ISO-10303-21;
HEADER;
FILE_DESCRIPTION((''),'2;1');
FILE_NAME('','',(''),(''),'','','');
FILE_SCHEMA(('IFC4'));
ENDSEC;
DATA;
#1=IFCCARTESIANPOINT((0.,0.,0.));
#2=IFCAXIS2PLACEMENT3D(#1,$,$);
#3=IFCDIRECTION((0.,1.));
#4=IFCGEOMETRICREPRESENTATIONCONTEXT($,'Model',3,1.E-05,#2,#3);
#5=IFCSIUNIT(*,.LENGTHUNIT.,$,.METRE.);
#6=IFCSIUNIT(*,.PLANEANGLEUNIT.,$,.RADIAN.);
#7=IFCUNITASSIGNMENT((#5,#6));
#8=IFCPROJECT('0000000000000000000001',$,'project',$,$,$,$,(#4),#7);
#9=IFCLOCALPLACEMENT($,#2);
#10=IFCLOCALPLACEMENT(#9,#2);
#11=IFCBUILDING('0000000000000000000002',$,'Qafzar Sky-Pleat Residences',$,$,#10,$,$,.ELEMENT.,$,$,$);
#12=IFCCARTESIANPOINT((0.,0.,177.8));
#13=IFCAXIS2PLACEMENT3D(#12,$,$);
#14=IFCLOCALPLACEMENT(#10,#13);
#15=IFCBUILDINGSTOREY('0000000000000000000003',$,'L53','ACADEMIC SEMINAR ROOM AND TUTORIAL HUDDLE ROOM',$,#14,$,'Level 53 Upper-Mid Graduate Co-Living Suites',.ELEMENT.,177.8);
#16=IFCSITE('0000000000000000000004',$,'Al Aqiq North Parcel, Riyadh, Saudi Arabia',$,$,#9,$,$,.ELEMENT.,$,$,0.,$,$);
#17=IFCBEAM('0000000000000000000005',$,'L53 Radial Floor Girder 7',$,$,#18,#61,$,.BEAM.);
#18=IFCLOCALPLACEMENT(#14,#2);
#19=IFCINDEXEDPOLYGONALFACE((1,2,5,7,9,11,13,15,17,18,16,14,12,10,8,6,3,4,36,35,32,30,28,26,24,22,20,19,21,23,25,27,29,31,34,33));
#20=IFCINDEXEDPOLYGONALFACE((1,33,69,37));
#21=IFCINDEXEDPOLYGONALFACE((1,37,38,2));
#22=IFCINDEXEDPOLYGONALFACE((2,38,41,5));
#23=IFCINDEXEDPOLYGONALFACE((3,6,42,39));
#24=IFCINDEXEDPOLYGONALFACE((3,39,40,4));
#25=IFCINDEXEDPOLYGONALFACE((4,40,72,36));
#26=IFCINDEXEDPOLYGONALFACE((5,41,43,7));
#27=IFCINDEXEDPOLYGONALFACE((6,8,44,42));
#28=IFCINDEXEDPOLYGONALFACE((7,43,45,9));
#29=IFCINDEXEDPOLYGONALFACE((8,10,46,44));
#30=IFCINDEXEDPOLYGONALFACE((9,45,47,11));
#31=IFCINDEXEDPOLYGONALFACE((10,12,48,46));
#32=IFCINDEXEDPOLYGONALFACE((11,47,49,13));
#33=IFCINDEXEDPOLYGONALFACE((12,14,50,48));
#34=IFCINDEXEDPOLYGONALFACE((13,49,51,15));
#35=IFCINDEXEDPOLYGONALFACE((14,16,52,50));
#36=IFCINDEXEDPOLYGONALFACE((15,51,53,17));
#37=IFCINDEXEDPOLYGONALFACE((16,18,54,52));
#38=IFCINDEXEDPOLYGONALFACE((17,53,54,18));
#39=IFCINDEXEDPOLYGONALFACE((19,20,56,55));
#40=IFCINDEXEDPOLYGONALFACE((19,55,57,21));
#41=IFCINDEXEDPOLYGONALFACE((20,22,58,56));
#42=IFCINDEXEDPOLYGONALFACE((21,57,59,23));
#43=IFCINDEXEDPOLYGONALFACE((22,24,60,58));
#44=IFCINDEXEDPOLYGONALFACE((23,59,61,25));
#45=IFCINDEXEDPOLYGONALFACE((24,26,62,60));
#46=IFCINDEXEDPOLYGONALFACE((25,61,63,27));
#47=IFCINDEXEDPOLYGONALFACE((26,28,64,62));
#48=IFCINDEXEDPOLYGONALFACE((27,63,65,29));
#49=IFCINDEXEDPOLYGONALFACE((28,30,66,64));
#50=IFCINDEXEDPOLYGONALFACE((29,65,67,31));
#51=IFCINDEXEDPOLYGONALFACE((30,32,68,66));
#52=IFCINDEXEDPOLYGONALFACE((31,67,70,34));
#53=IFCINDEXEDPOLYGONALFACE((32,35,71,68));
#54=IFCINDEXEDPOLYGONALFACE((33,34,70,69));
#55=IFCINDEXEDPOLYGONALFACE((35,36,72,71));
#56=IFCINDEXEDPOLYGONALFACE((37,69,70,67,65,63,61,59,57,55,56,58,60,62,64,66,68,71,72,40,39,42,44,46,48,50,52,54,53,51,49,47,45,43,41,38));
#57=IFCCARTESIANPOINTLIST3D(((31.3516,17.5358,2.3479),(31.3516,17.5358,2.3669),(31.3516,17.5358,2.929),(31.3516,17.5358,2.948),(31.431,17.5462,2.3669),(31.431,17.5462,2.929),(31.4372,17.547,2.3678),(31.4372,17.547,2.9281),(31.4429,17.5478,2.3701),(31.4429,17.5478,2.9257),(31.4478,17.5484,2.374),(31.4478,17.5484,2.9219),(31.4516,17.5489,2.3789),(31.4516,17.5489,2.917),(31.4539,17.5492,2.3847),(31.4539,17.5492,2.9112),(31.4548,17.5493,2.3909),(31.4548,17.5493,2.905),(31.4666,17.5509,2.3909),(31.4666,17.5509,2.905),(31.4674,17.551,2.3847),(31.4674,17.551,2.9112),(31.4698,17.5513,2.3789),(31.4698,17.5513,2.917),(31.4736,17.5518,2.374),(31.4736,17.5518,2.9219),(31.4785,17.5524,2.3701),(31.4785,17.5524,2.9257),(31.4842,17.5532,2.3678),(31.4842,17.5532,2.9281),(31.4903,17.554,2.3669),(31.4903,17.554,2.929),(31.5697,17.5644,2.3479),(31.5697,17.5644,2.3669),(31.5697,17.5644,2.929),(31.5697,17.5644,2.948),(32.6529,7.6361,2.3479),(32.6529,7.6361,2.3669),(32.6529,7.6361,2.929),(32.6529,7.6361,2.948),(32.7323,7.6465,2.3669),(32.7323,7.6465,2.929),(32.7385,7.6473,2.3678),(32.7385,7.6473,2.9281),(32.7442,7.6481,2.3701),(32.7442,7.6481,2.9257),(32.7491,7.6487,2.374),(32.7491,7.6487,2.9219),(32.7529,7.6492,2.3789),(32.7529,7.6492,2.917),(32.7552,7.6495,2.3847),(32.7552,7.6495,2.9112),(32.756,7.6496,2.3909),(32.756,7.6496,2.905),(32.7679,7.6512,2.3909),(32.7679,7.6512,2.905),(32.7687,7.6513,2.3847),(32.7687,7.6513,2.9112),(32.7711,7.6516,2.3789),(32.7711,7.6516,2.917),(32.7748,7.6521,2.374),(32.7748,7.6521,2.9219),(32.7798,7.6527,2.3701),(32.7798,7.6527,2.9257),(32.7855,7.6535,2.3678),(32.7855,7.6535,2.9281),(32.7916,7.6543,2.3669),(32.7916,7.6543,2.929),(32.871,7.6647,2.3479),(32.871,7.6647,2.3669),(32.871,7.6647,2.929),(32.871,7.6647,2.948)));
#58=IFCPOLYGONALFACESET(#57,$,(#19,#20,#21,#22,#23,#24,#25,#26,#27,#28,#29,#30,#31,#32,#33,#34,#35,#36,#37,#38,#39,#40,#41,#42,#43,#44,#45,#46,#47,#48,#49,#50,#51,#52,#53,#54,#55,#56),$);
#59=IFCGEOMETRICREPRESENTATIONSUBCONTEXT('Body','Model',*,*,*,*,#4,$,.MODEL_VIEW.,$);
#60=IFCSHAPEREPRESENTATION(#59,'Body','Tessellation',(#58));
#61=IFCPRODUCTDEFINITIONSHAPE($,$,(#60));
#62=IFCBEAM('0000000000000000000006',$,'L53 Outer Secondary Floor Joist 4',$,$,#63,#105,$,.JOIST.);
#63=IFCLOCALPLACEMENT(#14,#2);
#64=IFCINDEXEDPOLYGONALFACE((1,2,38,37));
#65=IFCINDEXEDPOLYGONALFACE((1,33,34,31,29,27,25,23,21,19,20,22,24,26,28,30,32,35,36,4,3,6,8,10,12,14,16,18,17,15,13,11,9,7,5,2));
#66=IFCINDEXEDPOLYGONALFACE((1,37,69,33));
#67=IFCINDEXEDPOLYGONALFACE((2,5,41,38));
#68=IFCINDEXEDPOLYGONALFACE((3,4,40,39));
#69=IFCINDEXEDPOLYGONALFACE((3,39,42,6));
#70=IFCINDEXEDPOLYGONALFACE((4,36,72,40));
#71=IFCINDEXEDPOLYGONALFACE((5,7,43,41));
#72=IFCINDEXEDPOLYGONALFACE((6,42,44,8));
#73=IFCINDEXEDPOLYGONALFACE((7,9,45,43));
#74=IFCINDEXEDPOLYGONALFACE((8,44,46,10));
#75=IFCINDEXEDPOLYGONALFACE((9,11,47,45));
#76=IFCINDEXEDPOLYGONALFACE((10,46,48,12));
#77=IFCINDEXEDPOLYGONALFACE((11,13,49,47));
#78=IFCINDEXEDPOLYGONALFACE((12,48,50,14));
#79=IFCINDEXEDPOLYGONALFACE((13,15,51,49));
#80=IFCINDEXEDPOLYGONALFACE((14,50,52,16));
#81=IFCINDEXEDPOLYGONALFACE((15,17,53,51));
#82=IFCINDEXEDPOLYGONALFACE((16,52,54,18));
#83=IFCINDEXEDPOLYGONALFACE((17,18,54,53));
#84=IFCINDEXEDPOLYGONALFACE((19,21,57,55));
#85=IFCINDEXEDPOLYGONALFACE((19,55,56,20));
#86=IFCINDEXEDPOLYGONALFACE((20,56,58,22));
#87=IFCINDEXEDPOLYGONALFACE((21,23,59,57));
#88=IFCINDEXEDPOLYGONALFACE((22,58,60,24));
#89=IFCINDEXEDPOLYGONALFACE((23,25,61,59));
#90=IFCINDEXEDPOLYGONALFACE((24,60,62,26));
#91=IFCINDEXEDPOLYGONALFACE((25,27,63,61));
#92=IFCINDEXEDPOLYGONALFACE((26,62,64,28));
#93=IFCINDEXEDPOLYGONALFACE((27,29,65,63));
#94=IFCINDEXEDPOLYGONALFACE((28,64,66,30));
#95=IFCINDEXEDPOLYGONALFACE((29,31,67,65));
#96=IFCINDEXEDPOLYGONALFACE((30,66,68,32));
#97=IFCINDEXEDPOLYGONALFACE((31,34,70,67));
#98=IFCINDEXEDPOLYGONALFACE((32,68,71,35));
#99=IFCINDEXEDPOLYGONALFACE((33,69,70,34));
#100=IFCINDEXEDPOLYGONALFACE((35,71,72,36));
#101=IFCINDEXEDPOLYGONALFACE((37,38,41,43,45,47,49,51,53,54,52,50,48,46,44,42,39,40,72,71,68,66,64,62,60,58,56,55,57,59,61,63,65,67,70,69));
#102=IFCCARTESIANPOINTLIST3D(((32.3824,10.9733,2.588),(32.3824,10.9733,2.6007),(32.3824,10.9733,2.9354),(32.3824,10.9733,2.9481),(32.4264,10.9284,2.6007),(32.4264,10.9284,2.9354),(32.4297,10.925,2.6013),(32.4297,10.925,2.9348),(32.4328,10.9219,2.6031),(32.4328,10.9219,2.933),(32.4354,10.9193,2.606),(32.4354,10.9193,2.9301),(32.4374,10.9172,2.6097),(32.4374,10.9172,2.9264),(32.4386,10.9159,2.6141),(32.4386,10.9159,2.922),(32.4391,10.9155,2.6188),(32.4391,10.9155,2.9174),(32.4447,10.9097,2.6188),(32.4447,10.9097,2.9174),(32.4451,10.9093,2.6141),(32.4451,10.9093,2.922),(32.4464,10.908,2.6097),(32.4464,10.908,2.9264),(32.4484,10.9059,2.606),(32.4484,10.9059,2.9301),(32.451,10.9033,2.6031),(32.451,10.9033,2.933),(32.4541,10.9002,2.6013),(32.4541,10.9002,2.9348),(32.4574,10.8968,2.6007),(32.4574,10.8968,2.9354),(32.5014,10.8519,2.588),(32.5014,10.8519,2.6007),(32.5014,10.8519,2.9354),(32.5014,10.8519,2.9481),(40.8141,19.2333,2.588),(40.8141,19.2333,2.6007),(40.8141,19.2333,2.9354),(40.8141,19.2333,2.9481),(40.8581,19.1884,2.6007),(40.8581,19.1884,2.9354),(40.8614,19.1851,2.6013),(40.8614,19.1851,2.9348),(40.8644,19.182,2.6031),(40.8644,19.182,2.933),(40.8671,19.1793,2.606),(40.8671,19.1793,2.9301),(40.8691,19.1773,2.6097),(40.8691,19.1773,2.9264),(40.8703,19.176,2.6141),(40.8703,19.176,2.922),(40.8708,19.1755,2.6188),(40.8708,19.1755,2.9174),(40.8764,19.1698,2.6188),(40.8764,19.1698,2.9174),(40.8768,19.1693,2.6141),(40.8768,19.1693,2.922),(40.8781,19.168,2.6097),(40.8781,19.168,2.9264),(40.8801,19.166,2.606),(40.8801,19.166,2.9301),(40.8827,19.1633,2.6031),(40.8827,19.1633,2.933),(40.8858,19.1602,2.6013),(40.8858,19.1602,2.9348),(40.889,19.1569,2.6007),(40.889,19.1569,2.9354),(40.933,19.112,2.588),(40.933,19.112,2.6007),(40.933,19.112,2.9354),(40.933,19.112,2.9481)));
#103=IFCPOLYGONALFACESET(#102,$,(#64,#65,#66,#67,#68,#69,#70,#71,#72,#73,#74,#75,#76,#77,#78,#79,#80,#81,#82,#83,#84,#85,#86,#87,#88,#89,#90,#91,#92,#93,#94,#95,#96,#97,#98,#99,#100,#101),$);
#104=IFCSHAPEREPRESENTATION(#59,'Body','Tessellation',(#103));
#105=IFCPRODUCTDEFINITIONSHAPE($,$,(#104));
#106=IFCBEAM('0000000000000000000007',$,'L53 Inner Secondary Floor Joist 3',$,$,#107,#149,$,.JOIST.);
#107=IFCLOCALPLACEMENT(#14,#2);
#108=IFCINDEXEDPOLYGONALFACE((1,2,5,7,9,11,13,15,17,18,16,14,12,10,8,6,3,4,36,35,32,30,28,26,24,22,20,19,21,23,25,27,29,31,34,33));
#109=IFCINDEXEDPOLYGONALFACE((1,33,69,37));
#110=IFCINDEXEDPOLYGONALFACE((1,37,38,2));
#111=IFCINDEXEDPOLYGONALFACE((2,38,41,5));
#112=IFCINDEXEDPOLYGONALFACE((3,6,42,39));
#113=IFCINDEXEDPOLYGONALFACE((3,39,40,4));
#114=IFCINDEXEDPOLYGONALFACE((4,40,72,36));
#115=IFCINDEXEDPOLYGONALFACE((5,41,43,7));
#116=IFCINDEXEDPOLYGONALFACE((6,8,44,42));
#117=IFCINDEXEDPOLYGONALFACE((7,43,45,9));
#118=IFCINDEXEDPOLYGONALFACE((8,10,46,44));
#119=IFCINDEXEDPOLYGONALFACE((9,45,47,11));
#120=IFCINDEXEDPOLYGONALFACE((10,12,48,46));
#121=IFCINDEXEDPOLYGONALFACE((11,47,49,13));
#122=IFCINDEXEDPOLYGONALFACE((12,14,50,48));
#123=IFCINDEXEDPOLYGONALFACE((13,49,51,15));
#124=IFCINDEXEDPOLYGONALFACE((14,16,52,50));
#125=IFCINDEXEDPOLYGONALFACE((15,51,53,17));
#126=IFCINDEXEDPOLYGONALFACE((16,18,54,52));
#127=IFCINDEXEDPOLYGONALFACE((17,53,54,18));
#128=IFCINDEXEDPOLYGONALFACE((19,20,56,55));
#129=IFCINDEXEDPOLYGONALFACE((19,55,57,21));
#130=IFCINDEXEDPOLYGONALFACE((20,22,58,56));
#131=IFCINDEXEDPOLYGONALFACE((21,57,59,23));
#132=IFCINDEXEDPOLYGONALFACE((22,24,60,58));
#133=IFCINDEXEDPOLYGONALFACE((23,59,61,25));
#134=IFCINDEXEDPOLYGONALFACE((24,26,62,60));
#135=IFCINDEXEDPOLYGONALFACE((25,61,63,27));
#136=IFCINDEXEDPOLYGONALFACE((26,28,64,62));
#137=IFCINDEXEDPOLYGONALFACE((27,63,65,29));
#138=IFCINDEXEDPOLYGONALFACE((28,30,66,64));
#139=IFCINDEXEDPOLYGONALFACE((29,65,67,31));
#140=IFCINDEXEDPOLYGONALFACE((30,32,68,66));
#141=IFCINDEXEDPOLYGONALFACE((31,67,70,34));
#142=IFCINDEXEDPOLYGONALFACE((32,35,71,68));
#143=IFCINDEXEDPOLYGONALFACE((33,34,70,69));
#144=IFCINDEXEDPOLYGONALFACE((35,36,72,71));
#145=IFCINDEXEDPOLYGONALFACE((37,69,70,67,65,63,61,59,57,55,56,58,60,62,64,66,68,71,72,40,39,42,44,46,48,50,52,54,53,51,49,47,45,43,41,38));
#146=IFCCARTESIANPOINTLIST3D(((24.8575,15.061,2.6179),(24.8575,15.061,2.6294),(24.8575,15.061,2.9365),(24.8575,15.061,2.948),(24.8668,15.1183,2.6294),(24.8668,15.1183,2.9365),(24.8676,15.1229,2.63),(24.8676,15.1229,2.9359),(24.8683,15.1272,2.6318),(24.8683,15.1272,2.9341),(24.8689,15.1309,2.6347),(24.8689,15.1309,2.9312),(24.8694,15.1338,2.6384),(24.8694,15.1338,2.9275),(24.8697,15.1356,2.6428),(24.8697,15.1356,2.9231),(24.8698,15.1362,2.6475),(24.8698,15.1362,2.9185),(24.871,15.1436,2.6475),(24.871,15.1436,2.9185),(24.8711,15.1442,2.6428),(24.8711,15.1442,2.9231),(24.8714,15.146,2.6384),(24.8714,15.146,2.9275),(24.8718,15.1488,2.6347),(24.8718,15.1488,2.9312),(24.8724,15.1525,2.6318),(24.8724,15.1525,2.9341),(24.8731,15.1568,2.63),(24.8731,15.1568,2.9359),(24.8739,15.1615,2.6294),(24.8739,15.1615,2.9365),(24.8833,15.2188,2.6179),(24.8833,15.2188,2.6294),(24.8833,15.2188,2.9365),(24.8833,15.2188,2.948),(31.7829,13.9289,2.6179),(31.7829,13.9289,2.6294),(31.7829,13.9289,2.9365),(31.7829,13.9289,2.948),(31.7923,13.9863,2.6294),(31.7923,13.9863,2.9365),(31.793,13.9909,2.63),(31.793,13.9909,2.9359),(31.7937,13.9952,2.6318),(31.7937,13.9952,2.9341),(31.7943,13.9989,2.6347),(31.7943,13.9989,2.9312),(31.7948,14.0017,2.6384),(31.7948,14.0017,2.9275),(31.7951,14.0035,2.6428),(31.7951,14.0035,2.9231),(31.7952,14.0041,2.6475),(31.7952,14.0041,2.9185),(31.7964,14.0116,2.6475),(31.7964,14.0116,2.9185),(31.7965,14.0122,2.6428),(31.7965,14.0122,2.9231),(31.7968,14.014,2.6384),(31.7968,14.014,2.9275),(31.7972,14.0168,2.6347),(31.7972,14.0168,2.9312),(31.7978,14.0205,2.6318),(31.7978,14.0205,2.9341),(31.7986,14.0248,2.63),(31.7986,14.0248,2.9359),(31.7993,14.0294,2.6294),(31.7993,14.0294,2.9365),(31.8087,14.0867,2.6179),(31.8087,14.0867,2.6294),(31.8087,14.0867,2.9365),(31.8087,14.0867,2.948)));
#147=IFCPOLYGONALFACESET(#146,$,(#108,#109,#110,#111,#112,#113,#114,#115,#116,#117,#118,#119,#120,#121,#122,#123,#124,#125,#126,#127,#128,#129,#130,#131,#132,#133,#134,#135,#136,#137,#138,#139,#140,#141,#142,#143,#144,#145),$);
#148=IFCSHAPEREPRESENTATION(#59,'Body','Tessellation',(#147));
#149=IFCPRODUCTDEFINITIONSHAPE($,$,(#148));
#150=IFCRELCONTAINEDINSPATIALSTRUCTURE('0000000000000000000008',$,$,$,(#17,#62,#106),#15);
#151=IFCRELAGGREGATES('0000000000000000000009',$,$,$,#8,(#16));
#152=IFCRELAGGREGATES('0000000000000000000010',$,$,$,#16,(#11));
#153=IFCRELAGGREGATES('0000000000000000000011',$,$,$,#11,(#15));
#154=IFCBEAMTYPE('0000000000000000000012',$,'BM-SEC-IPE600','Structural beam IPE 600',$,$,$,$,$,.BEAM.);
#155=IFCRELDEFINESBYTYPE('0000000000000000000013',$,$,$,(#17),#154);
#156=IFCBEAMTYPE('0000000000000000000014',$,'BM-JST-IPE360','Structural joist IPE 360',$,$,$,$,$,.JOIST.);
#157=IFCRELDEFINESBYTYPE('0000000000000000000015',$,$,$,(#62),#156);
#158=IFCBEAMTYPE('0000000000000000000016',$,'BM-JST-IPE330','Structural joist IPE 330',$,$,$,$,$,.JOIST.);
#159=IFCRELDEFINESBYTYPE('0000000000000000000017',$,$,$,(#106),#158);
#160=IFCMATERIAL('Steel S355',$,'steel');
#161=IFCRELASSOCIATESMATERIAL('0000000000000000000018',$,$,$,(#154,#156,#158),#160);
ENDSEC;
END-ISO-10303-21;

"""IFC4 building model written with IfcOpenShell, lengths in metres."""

from ifc_helpers import new_model, si_unit, direction, frame, origin, origin_2d, place, context, subcontext, project, spatial, i_section, extrude, source, transform, mapped, material, material_profile, profile_set, type_object, element, save


model = new_model("IFC4")

# Units and contexts
model_context = context("Model", 3, precision=1e-05, world=origin(), true_north=direction((0.0, 1.0)))
body_context = subcontext(model_context, "Body", "Model", "MODEL_VIEW")
ifc_project = project(units=[si_unit("LENGTHUNIT", "METRE"), si_unit("PLANEANGLEUNIT", "RADIAN")], contexts=[model_context])

# Site, building, storey
site_placement = place(None, origin())
site = spatial("IfcSite", under=ifc_project, at=site_placement, Name="Al Aqiq North Parcel, Riyadh, Saudi Arabia", CompositionType="ELEMENT", RefElevation=0.0)
building_placement = place(site_placement, origin())
building = spatial("IfcBuilding", under=site, at=building_placement, Name="Qafzar Sky-Pleat Residences", CompositionType="ELEMENT")
storey_placement = place(building_placement, frame((0.0, 0.0, 177.8)))
storey = spatial("IfcBuildingStorey", under=building, at=storey_placement, Name="L53", Description="ACADEMIC SEMINAR ROOM AND TUTORIAL HUDDLE ROOM", LongName="Level 53 Upper-Mid Graduate Co-Living Suites", CompositionType="ELEMENT", Elevation=177.8)

# Shared definitions
ifc_material_1 = material(Name="Steel S355", Category="steel")

# Beams
ifc_material_profile_1 = material_profile(ifc_material_1, i_section(OverallWidth=0.22, OverallDepth=0.6001, WebThickness=0.012, FlangeThickness=0.019, FilletRadius=0.0239, at=origin_2d()), Name="IPE 600")
ifc_profile_set_1 = profile_set([ifc_material_profile_1], Name="Steel S355")
beam_type_1 = type_object("IfcBeamType", Name="BM-SEC-IPE600", Description="Structural beam IPE 600", PredefinedType="BEAM", material=ifc_profile_set_1)
shared_shape_1 = source(origin(), body_context, "Body", "SweptSolid", [
    extrude(i_section(OverallWidth=0.22, OverallDepth=0.6001, WebThickness=0.012, FlangeThickness=0.019, FilletRadius=0.0239, at=origin_2d()), origin(), (0.0, 0.0, 1.0), 9.9849),
])
beam_1_placement = place(storey_placement, frame((32.762, 7.6504, 2.6479), z_axis=(-0.130325, 0.991471, 0.0), x_axis=(-0.991471, -0.130325, 0.0)))
element("IfcBeam", 1, at=beam_1_placement, inside=storey, type_object=beam_type_1, Name="L53 Radial Floor Girder 7", PredefinedType="BEAM", context=body_context, shape_type="MappedRepresentation", body=[
    mapped(shared_shape_1, transform((0.0, 0.0, 0.0), x_axis=(1.0, 0.0, 0.0), y_axis=(0.0, 1.0, 0.0), z_axis=(0.0, 0.0, 1.0), scale=1.0)),
])
ifc_material_profile_2 = material_profile(ifc_material_1, i_section(OverallWidth=0.1699, OverallDepth=0.3601, WebThickness=0.0081, FlangeThickness=0.0127, FilletRadius=0.0181, at=origin_2d()), Name="IPE 360")
ifc_profile_set_2 = profile_set([ifc_material_profile_2], Name="Steel S355")
beam_type_2 = type_object("IfcBeamType", Name="BM-JST-IPE360", Description="Structural joist IPE 360", PredefinedType="JOIST", material=ifc_profile_set_2)
shared_shape_2 = source(origin(), body_context, "Body", "SweptSolid", [
    extrude(i_section(OverallWidth=0.1699, OverallDepth=0.3601, WebThickness=0.0081, FlangeThickness=0.0127, FilletRadius=0.0181, at=origin_2d()), origin(), (0.0, 0.0, 1.0), 11.8035),
])
beam_2_placement = place(storey_placement, frame((32.4419, 10.9126, 2.7681), z_axis=(0.71434, 0.699799, 0.0), x_axis=(-0.699799, 0.71434, 0.0)))
element("IfcBeam", 2, at=beam_2_placement, inside=storey, type_object=beam_type_2, Name="L53 Outer Secondary Floor Joist 4", PredefinedType="JOIST", context=body_context, shape_type="MappedRepresentation", body=[
    mapped(shared_shape_2, transform((0.0, 0.0, 0.0), x_axis=(1.0, 0.0, 0.0), y_axis=(0.0, 1.0, 0.0), z_axis=(0.0, 0.0, 1.0), scale=1.0)),
])
ifc_material_profile_3 = material_profile(ifc_material_1, i_section(OverallWidth=0.1599, OverallDepth=0.3301, WebThickness=0.0076, FlangeThickness=0.0115, FilletRadius=0.0181, at=origin_2d()), Name="IPE 330")
ifc_profile_set_3 = profile_set([ifc_material_profile_3], Name="Steel S355")
beam_type_3 = type_object("IfcBeamType", Name="BM-JST-IPE330", Description="Structural joist IPE 330", PredefinedType="JOIST", material=ifc_profile_set_3)
shared_shape_3 = source(origin(), body_context, "Body", "SweptSolid", [
    extrude(i_section(OverallWidth=0.1599, OverallDepth=0.3301, WebThickness=0.0076, FlangeThickness=0.0115, FilletRadius=0.0181, at=origin_2d()), origin(), (0.0, 0.0, 1.0), 7.0173),
])
beam_3_placement = place(storey_placement, frame((24.8704, 15.1399, 2.783), z_axis=(0.986902, -0.161323, 0.0), x_axis=(0.161323, 0.986902, 0.0)))
element("IfcBeam", 3, at=beam_3_placement, inside=storey, type_object=beam_type_3, Name="L53 Inner Secondary Floor Joist 3", PredefinedType="JOIST", context=body_context, shape_type="MappedRepresentation", body=[
    mapped(shared_shape_3, transform((0.0, 0.0, 0.0), x_axis=(1.0, 0.0, 0.0), y_axis=(0.0, 1.0, 0.0), z_axis=(0.0, 0.0, 1.0), scale=1.0)),
])

save(model, "model.ifc")
